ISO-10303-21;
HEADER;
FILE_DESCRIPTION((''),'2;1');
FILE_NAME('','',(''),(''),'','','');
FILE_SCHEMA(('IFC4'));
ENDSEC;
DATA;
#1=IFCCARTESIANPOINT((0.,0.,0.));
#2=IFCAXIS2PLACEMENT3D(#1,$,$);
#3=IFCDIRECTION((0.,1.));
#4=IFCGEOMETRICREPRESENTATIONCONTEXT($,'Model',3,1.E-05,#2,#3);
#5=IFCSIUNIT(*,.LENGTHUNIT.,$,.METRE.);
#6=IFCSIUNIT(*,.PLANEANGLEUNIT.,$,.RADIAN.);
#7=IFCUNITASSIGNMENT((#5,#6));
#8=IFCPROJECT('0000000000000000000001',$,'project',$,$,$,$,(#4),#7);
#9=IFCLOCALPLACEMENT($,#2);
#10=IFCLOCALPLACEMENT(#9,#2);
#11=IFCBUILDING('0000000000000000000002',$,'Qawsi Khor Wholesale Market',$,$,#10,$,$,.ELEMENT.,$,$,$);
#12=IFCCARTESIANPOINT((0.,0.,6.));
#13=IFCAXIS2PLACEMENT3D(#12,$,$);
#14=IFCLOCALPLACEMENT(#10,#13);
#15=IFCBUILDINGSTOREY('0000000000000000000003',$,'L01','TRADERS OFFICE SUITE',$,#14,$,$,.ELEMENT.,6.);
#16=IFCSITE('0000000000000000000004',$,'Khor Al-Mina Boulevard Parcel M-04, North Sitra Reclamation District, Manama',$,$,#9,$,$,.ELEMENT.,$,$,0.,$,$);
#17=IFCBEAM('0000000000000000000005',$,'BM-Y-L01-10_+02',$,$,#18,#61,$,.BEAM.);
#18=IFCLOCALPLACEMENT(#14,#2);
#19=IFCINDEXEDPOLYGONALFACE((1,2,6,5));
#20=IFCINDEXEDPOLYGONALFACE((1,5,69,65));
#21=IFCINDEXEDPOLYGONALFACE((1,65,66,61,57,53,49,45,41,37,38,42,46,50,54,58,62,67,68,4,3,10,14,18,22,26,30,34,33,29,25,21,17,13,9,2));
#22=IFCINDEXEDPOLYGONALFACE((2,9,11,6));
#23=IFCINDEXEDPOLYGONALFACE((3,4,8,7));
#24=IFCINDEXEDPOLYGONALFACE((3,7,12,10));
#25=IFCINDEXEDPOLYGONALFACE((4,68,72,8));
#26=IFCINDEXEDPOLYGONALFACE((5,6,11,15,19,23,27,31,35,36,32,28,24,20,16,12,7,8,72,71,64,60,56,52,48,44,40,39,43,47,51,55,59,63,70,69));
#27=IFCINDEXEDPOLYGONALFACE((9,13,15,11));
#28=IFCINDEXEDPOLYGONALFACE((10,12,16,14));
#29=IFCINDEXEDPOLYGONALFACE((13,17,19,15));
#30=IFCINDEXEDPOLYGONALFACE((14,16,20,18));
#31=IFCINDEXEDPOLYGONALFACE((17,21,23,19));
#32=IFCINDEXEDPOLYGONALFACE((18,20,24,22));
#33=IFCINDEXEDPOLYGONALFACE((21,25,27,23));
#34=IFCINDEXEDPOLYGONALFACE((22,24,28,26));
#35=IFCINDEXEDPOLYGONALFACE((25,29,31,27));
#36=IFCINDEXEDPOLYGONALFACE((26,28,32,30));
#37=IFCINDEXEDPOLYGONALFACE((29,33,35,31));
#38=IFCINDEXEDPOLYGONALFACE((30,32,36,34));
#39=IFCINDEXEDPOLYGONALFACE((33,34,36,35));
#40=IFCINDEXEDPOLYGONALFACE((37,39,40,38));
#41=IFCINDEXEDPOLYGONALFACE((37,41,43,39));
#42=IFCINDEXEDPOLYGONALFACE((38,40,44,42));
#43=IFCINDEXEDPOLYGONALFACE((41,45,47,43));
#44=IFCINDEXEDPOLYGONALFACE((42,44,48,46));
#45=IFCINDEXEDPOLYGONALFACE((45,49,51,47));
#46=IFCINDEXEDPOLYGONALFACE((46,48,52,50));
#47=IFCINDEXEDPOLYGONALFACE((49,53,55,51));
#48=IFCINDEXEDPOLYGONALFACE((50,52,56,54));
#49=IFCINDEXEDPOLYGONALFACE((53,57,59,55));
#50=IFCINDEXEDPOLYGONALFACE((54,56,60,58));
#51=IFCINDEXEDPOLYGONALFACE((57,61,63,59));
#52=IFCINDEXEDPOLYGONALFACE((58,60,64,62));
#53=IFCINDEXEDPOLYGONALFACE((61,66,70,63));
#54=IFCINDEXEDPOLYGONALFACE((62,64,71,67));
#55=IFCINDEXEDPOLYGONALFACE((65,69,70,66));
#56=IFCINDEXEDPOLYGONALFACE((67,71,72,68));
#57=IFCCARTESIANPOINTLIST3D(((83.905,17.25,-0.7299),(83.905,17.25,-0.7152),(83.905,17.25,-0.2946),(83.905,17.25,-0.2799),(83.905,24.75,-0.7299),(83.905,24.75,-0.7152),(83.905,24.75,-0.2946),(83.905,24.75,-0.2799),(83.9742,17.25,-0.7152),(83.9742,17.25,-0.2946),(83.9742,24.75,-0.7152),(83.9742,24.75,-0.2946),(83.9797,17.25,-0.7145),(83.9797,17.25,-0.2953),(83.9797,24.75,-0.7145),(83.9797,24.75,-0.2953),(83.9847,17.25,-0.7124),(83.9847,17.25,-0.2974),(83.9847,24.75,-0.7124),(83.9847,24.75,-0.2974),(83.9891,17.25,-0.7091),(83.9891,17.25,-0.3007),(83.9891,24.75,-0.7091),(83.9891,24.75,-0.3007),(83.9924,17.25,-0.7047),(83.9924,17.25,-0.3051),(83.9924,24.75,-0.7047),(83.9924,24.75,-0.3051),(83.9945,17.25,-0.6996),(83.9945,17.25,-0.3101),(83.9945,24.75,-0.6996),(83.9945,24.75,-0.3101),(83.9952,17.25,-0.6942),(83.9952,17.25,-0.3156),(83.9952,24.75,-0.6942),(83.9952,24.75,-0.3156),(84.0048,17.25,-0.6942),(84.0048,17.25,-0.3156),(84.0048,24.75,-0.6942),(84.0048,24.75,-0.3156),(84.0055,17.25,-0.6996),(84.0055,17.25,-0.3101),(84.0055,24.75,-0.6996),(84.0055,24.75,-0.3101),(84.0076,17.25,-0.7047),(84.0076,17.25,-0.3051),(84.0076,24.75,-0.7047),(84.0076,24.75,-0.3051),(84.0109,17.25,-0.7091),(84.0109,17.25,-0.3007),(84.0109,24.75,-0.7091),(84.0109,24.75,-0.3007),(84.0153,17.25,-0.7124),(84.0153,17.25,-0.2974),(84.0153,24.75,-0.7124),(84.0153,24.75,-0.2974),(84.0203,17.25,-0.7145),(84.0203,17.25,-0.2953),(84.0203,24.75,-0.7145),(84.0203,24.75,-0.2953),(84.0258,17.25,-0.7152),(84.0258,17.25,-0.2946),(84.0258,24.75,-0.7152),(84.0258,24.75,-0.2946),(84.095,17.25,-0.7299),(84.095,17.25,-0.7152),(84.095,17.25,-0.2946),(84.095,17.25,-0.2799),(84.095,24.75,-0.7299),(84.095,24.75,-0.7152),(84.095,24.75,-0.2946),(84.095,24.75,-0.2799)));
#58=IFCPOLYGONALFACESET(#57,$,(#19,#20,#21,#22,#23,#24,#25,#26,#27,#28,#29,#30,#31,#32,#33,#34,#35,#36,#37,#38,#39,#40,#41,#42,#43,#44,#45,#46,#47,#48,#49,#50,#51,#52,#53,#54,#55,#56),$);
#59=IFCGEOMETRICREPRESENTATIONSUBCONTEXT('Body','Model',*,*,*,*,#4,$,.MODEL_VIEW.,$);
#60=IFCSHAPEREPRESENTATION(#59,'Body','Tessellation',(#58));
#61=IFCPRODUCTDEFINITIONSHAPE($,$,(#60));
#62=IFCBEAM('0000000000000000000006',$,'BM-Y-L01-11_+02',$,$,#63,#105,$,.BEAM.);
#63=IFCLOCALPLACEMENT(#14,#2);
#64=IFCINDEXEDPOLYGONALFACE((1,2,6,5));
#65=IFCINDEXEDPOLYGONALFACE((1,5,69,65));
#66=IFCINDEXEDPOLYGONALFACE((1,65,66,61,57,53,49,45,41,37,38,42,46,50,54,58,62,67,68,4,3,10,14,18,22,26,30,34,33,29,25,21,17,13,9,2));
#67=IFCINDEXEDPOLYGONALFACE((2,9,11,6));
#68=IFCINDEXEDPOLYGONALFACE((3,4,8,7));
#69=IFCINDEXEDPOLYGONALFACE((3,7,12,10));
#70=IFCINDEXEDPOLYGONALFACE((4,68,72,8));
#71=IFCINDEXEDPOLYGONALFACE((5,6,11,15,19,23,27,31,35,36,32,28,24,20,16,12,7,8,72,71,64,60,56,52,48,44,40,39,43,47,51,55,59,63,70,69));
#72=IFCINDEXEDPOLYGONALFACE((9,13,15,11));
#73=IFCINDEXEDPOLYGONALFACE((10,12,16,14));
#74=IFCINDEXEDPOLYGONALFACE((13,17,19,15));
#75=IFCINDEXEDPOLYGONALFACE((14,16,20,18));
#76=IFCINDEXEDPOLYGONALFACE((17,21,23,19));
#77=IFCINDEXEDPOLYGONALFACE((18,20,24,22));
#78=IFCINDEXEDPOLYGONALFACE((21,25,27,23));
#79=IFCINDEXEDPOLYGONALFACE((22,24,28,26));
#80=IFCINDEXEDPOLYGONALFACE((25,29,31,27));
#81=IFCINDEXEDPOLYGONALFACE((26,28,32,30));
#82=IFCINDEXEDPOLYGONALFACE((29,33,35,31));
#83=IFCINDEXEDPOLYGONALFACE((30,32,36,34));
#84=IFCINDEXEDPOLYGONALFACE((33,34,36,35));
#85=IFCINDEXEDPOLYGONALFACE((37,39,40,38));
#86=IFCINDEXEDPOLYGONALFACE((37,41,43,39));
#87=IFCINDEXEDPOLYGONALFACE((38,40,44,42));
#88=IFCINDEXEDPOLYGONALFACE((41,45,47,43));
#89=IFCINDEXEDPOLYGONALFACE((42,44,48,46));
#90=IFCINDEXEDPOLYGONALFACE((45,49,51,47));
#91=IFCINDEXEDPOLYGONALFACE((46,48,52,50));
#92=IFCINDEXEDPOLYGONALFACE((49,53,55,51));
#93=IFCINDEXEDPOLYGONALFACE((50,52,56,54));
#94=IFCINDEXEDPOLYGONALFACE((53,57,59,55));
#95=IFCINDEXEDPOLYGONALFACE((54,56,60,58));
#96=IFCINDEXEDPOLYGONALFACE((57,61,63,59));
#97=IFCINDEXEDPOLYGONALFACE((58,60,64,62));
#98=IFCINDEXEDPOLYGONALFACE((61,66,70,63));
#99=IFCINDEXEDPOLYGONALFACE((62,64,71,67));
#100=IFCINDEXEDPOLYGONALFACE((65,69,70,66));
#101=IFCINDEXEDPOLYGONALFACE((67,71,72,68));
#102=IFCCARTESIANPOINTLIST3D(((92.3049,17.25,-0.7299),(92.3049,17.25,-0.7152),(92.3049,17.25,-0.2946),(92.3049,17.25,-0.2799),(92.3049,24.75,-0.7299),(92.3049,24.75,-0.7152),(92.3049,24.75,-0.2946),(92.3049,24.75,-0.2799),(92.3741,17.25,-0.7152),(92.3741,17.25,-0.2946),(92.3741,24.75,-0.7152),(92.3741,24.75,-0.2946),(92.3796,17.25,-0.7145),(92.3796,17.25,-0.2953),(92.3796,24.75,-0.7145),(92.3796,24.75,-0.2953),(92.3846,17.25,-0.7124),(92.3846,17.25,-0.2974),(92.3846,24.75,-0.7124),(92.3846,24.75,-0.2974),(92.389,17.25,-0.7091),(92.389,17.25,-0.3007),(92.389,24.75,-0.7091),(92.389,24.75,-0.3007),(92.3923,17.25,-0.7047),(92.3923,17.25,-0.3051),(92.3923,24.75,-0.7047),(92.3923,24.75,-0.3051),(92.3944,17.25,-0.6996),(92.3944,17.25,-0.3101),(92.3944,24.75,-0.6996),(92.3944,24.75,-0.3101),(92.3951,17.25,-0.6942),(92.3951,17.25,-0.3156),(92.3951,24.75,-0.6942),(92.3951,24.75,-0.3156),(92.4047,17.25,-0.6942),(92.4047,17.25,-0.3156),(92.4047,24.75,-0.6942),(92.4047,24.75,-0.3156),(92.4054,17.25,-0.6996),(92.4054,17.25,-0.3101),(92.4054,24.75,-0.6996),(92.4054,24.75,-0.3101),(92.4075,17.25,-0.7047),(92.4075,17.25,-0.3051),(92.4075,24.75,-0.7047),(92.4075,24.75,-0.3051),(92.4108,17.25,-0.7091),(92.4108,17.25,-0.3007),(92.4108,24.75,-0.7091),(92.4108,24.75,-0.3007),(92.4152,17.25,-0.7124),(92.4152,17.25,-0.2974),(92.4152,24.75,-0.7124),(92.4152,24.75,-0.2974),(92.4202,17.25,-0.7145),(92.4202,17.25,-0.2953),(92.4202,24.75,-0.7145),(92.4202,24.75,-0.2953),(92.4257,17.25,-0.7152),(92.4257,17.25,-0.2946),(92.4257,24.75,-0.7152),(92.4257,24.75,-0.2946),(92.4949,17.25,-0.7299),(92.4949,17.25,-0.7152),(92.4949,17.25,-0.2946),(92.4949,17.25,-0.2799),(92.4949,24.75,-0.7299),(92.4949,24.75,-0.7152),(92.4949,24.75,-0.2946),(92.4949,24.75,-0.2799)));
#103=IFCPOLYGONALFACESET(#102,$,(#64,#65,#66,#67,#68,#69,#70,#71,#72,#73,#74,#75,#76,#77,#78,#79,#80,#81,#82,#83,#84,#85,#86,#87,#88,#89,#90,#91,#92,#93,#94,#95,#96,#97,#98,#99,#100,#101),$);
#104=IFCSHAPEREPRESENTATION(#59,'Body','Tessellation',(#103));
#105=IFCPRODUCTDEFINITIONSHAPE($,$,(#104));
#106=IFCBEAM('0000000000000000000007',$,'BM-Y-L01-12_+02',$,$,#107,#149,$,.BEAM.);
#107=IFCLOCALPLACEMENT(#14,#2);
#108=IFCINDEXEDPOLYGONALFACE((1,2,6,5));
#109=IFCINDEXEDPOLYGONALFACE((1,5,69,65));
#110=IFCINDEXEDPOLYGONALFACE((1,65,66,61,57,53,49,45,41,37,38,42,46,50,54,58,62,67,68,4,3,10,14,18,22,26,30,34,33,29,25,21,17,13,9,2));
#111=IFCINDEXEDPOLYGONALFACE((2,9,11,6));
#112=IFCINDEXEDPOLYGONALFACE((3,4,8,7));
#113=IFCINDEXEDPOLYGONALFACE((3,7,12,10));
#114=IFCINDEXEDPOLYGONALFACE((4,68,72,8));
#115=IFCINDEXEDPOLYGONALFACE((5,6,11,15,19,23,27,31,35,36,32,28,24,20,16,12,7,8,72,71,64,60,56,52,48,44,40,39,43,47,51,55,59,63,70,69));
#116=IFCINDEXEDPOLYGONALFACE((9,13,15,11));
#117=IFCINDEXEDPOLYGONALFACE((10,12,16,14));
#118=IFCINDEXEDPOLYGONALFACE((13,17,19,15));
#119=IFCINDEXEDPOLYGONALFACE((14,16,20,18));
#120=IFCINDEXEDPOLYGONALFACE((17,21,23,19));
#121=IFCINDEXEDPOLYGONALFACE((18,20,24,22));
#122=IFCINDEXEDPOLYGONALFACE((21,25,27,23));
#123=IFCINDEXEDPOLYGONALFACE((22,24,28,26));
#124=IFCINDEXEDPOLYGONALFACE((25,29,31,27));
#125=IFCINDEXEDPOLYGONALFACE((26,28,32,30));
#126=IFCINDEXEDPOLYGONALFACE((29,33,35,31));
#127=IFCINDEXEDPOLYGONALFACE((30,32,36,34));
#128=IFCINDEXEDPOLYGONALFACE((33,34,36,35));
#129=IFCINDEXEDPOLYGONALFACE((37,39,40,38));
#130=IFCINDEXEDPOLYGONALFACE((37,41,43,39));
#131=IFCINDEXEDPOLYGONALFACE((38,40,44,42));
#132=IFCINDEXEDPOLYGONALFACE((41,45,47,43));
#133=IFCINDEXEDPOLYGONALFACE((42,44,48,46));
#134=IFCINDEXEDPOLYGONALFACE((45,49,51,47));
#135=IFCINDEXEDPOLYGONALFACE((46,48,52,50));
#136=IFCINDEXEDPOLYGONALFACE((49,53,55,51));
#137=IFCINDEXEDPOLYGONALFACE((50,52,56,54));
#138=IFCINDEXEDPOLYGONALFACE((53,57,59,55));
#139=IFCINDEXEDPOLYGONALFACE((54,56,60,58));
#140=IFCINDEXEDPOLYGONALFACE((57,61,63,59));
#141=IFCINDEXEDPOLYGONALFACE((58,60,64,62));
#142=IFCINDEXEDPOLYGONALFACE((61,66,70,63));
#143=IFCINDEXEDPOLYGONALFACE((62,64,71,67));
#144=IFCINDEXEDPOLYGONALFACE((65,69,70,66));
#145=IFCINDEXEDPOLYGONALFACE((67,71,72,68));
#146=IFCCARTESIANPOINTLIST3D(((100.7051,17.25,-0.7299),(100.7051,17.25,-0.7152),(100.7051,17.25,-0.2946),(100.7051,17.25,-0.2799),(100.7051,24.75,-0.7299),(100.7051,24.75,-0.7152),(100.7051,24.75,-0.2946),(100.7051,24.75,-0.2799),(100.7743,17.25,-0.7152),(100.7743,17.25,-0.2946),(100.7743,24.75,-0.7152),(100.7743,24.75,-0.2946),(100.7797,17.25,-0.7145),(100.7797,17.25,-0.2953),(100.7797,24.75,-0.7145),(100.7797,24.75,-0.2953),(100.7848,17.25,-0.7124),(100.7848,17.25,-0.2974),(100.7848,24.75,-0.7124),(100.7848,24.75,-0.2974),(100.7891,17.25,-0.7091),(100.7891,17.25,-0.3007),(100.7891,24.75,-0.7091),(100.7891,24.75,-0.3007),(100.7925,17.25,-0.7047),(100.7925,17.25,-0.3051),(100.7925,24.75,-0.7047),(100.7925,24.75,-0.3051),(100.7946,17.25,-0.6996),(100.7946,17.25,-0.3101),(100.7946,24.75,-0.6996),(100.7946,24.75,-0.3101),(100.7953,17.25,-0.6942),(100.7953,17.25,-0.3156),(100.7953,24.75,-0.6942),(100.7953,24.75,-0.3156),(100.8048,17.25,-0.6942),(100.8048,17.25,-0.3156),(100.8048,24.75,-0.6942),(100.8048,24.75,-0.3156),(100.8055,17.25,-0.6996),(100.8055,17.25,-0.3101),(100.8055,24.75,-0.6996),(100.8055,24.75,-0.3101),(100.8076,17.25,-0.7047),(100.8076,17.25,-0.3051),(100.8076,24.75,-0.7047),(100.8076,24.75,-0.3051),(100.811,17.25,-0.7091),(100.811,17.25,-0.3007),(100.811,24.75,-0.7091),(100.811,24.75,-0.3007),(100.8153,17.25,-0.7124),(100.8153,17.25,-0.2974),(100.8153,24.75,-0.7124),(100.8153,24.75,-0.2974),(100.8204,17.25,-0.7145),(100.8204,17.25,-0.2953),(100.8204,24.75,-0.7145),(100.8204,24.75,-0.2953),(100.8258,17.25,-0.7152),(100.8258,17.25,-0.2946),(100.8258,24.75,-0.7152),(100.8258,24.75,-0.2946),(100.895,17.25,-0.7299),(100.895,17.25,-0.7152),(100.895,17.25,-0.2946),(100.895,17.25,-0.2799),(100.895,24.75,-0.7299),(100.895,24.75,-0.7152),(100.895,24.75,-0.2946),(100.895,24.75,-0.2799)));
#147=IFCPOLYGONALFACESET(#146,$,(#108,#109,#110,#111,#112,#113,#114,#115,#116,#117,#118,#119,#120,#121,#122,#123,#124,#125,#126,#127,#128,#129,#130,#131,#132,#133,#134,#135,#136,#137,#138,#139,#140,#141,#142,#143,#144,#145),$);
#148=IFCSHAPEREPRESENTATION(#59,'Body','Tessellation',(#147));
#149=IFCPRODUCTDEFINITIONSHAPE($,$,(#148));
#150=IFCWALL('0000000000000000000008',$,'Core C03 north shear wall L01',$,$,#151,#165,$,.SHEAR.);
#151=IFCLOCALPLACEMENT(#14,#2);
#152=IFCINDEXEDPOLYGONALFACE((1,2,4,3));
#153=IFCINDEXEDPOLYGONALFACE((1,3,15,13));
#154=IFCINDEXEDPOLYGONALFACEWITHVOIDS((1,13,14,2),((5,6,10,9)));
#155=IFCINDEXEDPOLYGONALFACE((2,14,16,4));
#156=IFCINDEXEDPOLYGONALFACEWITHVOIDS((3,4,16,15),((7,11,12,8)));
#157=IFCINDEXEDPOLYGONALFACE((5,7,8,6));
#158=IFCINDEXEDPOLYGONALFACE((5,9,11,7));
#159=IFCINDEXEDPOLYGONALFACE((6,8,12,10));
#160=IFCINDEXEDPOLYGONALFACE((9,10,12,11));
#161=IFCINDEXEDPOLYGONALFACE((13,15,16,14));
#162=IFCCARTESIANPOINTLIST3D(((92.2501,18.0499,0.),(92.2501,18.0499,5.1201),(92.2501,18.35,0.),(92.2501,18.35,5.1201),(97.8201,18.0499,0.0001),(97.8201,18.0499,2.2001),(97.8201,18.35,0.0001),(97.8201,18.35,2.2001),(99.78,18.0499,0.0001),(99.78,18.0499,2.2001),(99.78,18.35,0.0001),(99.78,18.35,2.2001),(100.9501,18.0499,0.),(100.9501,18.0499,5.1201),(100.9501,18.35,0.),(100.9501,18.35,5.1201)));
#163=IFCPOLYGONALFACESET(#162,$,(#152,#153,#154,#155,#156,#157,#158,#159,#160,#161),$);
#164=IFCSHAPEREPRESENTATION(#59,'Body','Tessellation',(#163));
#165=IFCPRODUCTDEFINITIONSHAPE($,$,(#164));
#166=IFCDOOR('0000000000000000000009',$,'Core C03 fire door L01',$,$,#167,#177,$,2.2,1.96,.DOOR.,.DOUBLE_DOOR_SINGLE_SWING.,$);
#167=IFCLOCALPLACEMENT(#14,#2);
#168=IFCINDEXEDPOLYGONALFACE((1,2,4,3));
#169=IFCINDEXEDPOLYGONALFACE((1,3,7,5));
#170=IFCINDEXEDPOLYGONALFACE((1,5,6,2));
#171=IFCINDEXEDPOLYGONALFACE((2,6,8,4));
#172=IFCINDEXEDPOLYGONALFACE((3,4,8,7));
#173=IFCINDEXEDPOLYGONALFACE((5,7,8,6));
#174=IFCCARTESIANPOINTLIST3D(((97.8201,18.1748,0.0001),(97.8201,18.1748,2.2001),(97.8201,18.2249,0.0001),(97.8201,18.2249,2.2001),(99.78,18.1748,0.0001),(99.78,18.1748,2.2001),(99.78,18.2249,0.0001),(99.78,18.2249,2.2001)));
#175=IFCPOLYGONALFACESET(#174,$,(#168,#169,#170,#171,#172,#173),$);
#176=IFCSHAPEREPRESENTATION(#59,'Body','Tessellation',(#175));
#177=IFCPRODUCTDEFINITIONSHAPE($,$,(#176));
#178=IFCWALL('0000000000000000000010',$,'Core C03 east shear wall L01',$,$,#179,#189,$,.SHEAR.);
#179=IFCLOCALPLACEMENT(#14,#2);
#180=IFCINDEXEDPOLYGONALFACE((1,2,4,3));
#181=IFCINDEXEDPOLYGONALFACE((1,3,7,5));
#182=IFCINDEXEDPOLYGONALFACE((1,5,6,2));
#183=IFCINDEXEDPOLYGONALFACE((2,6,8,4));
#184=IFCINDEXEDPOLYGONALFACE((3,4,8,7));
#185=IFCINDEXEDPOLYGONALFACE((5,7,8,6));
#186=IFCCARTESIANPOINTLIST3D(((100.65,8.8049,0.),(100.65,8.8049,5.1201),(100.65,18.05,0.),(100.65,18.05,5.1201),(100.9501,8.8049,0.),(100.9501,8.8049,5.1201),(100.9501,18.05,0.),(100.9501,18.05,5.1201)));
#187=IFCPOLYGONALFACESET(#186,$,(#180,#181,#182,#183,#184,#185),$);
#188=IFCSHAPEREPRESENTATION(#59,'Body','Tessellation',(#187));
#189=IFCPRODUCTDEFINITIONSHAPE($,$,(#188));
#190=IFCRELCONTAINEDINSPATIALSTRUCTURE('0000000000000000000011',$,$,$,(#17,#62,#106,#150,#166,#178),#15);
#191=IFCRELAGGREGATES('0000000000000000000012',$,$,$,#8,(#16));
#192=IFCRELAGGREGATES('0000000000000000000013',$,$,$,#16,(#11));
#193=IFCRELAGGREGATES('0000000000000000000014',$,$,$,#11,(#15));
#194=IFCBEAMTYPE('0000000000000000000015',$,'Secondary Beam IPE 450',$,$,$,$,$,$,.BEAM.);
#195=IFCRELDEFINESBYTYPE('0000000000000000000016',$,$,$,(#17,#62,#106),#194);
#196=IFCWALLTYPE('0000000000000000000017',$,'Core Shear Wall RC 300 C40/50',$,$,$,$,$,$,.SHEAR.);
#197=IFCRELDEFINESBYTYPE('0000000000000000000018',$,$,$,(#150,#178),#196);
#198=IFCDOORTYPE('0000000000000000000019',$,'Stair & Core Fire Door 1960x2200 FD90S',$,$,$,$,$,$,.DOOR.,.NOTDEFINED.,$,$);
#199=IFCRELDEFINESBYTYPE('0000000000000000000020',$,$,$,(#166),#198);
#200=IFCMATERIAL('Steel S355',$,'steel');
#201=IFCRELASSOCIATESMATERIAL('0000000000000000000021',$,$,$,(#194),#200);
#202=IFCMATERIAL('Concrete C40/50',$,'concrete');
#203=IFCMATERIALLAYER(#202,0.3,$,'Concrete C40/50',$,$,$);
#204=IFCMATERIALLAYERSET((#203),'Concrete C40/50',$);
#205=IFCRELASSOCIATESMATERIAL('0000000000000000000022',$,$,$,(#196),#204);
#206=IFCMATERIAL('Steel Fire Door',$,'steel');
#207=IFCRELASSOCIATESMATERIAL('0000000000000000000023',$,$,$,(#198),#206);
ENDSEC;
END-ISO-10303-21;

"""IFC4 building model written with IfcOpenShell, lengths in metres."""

from ifc_helpers import new_model, si_unit, direction, frame, frame_2d, origin, origin_2d, place, context, subcontext, project, spatial, rectangle, i_section, extrude, material, layer, layer_set, material_profile, profile_set, type_object, element, fill, save


model = new_model("IFC4")

# Units and contexts
model_context = context("Model", 3, precision=1e-05, world=origin(), true_north=direction((0.0, 1.0)))
body_context = subcontext(model_context, "Body", "Model", "MODEL_VIEW")
ifc_project = project(units=[si_unit("LENGTHUNIT", "METRE"), si_unit("PLANEANGLEUNIT", "RADIAN")], contexts=[model_context])

# Site, building, storey
site_placement = place(None, origin())
site = spatial("IfcSite", under=ifc_project, at=site_placement, Name="Khor Al-Mina Boulevard Parcel M-04, North Sitra Reclamation District, Manama", CompositionType="ELEMENT", RefElevation=0.0)
building_placement = place(site_placement, origin())
building = spatial("IfcBuilding", under=site, at=building_placement, Name="Qawsi Khor Wholesale Market", CompositionType="ELEMENT")
storey_placement = place(building_placement, frame((0.0, 0.0, 6.0)))
storey = spatial("IfcBuildingStorey", under=building, at=storey_placement, Name="L01", Description="TRADERS OFFICE SUITE", CompositionType="ELEMENT", Elevation=6.0)

# Shared definitions
ifc_material_1 = material(Name="Concrete C40/50", Category="concrete")

# Beams
ifc_material_2 = material(Name="Steel S355", Category="steel")
ifc_material_profile_1 = material_profile(ifc_material_2, i_section(OverallWidth=0.1899, OverallDepth=0.45, WebThickness=0.0095, FlangeThickness=0.0146, FilletRadius=0.021, at=origin_2d()), Name="IPE 450")
ifc_profile_set_1 = profile_set([ifc_material_profile_1], Name="Steel S355")
beam_type_1 = type_object("IfcBeamType", Name="Secondary Beam IPE 450", PredefinedType="BEAM", material=ifc_profile_set_1)
for number, where, z_axis, x_axis, name in (
    (1, (84.0, 17.25, -0.5049), (0.0, 1.0, 0.0), (-1.0, 0.0, 0.0), "BM-Y-L01-10_+02"),
    (2, (92.3999, 17.25, -0.5049), (0.0, 1.0, 0.0), (-1.0, 0.0, 0.0), "BM-Y-L01-11_+02"),
    (3, (100.8, 17.25, -0.5049), (0.0, 1.0, 0.0), (-1.0, 0.0, 0.0), "BM-Y-L01-12_+02"),
):
    element("IfcBeam", number, at=place(storey_placement, frame(where, z_axis=z_axis, x_axis=x_axis)), inside=storey, type_object=beam_type_1, Name=name, PredefinedType="BEAM", context=body_context, shape_type="SweptSolid", body=[
        extrude(i_section(OverallWidth=0.1899, OverallDepth=0.45, WebThickness=0.0095, FlangeThickness=0.0146, FilletRadius=0.021, at=origin_2d()), origin(), (0.0, 0.0, 1.0), 7.5),
    ])

# Wall, opening, door
ifc_layer_1 = layer(ifc_material_1, 0.3, Name="Concrete C40/50")
ifc_layer_set_1 = layer_set([ifc_layer_1], Name="Concrete C40/50")
wall_type_1 = type_object("IfcWallType", Name="Core Shear Wall RC 300 C40/50", PredefinedType="SHEAR", material=ifc_layer_set_1)
wall_1_placement = place(storey_placement, frame((92.25, 18.2, 0.0), z_axis=(0.0, 0.0, 1.0), x_axis=(1.0, 0.0, 0.0)))
wall_1 = element("IfcWall", 4, at=wall_1_placement, inside=storey, type_object=wall_type_1, Name="Core C03 north shear wall L01", PredefinedType="SHEAR", context=body_context, shape_type="SweptSolid", body=[
    extrude(rectangle(XDim=8.7, YDim=0.3, at=frame_2d((4.3501, 0.0))), origin(), (0.0, 0.0, 1.0), 5.1201),
])
opening_1_placement = place(wall_1_placement, frame((5.5701, 0.0, 0.0)))
opening_1 = element("IfcOpeningElement", 5, at=opening_1_placement, cuts=wall_1, PredefinedType="OPENING", context=body_context, shape_type="SweptSolid", body=[
    extrude(rectangle(XDim=1.96, YDim=2.2, at=frame_2d((0.98, 1.1001))), frame((0.0, 0.1599, 0.0), z_axis=(0.0, -1.0, 0.0), x_axis=(1.0, 0.0, 0.0)), (0.0, 0.0, 1.0), 0.3201),
])
ifc_material_3 = material(Name="Steel Fire Door", Category="steel")
door_type_1 = type_object("IfcDoorType", Name="Stair & Core Fire Door 1960x2200 FD90S", OperationType="NOTDEFINED", PredefinedType="DOOR", material=ifc_material_3)
door_1_placement = place(opening_1_placement, origin())
door_1 = element("IfcDoor", 6, at=door_1_placement, inside=storey, type_object=door_type_1, Name="Core C03 fire door L01", OperationType="DOUBLE_DOOR_SINGLE_SWING", OverallHeight=2.2, OverallWidth=1.96, PredefinedType="DOOR", context=body_context, shape_type="SweptSolid", body=[
    extrude(rectangle(XDim=1.96, YDim=2.2, at=frame_2d((0.98, 1.1001))), frame((0.0, 0.0249, 0.0), z_axis=(0.0, -1.0, 0.0), x_axis=(1.0, 0.0, 0.0)), (0.0, 0.0, 1.0), 0.05),
])
fill(opening_1, door_1)

# Wall
wall_2_placement = place(storey_placement, frame((100.8, 18.05, 0.0), z_axis=(0.0, 0.0, 1.0), x_axis=(0.0, -1.0, 0.0)))
element("IfcWall", 7, at=wall_2_placement, inside=storey, type_object=wall_type_1, Name="Core C03 east shear wall L01", PredefinedType="SHEAR", context=body_context, shape_type="SweptSolid", body=[
    extrude(rectangle(XDim=9.2451, YDim=0.3, at=frame_2d((4.6226, 0.0))), origin(), (0.0, 0.0, 1.0), 5.1201),
])

save(model, "model.ifc")
